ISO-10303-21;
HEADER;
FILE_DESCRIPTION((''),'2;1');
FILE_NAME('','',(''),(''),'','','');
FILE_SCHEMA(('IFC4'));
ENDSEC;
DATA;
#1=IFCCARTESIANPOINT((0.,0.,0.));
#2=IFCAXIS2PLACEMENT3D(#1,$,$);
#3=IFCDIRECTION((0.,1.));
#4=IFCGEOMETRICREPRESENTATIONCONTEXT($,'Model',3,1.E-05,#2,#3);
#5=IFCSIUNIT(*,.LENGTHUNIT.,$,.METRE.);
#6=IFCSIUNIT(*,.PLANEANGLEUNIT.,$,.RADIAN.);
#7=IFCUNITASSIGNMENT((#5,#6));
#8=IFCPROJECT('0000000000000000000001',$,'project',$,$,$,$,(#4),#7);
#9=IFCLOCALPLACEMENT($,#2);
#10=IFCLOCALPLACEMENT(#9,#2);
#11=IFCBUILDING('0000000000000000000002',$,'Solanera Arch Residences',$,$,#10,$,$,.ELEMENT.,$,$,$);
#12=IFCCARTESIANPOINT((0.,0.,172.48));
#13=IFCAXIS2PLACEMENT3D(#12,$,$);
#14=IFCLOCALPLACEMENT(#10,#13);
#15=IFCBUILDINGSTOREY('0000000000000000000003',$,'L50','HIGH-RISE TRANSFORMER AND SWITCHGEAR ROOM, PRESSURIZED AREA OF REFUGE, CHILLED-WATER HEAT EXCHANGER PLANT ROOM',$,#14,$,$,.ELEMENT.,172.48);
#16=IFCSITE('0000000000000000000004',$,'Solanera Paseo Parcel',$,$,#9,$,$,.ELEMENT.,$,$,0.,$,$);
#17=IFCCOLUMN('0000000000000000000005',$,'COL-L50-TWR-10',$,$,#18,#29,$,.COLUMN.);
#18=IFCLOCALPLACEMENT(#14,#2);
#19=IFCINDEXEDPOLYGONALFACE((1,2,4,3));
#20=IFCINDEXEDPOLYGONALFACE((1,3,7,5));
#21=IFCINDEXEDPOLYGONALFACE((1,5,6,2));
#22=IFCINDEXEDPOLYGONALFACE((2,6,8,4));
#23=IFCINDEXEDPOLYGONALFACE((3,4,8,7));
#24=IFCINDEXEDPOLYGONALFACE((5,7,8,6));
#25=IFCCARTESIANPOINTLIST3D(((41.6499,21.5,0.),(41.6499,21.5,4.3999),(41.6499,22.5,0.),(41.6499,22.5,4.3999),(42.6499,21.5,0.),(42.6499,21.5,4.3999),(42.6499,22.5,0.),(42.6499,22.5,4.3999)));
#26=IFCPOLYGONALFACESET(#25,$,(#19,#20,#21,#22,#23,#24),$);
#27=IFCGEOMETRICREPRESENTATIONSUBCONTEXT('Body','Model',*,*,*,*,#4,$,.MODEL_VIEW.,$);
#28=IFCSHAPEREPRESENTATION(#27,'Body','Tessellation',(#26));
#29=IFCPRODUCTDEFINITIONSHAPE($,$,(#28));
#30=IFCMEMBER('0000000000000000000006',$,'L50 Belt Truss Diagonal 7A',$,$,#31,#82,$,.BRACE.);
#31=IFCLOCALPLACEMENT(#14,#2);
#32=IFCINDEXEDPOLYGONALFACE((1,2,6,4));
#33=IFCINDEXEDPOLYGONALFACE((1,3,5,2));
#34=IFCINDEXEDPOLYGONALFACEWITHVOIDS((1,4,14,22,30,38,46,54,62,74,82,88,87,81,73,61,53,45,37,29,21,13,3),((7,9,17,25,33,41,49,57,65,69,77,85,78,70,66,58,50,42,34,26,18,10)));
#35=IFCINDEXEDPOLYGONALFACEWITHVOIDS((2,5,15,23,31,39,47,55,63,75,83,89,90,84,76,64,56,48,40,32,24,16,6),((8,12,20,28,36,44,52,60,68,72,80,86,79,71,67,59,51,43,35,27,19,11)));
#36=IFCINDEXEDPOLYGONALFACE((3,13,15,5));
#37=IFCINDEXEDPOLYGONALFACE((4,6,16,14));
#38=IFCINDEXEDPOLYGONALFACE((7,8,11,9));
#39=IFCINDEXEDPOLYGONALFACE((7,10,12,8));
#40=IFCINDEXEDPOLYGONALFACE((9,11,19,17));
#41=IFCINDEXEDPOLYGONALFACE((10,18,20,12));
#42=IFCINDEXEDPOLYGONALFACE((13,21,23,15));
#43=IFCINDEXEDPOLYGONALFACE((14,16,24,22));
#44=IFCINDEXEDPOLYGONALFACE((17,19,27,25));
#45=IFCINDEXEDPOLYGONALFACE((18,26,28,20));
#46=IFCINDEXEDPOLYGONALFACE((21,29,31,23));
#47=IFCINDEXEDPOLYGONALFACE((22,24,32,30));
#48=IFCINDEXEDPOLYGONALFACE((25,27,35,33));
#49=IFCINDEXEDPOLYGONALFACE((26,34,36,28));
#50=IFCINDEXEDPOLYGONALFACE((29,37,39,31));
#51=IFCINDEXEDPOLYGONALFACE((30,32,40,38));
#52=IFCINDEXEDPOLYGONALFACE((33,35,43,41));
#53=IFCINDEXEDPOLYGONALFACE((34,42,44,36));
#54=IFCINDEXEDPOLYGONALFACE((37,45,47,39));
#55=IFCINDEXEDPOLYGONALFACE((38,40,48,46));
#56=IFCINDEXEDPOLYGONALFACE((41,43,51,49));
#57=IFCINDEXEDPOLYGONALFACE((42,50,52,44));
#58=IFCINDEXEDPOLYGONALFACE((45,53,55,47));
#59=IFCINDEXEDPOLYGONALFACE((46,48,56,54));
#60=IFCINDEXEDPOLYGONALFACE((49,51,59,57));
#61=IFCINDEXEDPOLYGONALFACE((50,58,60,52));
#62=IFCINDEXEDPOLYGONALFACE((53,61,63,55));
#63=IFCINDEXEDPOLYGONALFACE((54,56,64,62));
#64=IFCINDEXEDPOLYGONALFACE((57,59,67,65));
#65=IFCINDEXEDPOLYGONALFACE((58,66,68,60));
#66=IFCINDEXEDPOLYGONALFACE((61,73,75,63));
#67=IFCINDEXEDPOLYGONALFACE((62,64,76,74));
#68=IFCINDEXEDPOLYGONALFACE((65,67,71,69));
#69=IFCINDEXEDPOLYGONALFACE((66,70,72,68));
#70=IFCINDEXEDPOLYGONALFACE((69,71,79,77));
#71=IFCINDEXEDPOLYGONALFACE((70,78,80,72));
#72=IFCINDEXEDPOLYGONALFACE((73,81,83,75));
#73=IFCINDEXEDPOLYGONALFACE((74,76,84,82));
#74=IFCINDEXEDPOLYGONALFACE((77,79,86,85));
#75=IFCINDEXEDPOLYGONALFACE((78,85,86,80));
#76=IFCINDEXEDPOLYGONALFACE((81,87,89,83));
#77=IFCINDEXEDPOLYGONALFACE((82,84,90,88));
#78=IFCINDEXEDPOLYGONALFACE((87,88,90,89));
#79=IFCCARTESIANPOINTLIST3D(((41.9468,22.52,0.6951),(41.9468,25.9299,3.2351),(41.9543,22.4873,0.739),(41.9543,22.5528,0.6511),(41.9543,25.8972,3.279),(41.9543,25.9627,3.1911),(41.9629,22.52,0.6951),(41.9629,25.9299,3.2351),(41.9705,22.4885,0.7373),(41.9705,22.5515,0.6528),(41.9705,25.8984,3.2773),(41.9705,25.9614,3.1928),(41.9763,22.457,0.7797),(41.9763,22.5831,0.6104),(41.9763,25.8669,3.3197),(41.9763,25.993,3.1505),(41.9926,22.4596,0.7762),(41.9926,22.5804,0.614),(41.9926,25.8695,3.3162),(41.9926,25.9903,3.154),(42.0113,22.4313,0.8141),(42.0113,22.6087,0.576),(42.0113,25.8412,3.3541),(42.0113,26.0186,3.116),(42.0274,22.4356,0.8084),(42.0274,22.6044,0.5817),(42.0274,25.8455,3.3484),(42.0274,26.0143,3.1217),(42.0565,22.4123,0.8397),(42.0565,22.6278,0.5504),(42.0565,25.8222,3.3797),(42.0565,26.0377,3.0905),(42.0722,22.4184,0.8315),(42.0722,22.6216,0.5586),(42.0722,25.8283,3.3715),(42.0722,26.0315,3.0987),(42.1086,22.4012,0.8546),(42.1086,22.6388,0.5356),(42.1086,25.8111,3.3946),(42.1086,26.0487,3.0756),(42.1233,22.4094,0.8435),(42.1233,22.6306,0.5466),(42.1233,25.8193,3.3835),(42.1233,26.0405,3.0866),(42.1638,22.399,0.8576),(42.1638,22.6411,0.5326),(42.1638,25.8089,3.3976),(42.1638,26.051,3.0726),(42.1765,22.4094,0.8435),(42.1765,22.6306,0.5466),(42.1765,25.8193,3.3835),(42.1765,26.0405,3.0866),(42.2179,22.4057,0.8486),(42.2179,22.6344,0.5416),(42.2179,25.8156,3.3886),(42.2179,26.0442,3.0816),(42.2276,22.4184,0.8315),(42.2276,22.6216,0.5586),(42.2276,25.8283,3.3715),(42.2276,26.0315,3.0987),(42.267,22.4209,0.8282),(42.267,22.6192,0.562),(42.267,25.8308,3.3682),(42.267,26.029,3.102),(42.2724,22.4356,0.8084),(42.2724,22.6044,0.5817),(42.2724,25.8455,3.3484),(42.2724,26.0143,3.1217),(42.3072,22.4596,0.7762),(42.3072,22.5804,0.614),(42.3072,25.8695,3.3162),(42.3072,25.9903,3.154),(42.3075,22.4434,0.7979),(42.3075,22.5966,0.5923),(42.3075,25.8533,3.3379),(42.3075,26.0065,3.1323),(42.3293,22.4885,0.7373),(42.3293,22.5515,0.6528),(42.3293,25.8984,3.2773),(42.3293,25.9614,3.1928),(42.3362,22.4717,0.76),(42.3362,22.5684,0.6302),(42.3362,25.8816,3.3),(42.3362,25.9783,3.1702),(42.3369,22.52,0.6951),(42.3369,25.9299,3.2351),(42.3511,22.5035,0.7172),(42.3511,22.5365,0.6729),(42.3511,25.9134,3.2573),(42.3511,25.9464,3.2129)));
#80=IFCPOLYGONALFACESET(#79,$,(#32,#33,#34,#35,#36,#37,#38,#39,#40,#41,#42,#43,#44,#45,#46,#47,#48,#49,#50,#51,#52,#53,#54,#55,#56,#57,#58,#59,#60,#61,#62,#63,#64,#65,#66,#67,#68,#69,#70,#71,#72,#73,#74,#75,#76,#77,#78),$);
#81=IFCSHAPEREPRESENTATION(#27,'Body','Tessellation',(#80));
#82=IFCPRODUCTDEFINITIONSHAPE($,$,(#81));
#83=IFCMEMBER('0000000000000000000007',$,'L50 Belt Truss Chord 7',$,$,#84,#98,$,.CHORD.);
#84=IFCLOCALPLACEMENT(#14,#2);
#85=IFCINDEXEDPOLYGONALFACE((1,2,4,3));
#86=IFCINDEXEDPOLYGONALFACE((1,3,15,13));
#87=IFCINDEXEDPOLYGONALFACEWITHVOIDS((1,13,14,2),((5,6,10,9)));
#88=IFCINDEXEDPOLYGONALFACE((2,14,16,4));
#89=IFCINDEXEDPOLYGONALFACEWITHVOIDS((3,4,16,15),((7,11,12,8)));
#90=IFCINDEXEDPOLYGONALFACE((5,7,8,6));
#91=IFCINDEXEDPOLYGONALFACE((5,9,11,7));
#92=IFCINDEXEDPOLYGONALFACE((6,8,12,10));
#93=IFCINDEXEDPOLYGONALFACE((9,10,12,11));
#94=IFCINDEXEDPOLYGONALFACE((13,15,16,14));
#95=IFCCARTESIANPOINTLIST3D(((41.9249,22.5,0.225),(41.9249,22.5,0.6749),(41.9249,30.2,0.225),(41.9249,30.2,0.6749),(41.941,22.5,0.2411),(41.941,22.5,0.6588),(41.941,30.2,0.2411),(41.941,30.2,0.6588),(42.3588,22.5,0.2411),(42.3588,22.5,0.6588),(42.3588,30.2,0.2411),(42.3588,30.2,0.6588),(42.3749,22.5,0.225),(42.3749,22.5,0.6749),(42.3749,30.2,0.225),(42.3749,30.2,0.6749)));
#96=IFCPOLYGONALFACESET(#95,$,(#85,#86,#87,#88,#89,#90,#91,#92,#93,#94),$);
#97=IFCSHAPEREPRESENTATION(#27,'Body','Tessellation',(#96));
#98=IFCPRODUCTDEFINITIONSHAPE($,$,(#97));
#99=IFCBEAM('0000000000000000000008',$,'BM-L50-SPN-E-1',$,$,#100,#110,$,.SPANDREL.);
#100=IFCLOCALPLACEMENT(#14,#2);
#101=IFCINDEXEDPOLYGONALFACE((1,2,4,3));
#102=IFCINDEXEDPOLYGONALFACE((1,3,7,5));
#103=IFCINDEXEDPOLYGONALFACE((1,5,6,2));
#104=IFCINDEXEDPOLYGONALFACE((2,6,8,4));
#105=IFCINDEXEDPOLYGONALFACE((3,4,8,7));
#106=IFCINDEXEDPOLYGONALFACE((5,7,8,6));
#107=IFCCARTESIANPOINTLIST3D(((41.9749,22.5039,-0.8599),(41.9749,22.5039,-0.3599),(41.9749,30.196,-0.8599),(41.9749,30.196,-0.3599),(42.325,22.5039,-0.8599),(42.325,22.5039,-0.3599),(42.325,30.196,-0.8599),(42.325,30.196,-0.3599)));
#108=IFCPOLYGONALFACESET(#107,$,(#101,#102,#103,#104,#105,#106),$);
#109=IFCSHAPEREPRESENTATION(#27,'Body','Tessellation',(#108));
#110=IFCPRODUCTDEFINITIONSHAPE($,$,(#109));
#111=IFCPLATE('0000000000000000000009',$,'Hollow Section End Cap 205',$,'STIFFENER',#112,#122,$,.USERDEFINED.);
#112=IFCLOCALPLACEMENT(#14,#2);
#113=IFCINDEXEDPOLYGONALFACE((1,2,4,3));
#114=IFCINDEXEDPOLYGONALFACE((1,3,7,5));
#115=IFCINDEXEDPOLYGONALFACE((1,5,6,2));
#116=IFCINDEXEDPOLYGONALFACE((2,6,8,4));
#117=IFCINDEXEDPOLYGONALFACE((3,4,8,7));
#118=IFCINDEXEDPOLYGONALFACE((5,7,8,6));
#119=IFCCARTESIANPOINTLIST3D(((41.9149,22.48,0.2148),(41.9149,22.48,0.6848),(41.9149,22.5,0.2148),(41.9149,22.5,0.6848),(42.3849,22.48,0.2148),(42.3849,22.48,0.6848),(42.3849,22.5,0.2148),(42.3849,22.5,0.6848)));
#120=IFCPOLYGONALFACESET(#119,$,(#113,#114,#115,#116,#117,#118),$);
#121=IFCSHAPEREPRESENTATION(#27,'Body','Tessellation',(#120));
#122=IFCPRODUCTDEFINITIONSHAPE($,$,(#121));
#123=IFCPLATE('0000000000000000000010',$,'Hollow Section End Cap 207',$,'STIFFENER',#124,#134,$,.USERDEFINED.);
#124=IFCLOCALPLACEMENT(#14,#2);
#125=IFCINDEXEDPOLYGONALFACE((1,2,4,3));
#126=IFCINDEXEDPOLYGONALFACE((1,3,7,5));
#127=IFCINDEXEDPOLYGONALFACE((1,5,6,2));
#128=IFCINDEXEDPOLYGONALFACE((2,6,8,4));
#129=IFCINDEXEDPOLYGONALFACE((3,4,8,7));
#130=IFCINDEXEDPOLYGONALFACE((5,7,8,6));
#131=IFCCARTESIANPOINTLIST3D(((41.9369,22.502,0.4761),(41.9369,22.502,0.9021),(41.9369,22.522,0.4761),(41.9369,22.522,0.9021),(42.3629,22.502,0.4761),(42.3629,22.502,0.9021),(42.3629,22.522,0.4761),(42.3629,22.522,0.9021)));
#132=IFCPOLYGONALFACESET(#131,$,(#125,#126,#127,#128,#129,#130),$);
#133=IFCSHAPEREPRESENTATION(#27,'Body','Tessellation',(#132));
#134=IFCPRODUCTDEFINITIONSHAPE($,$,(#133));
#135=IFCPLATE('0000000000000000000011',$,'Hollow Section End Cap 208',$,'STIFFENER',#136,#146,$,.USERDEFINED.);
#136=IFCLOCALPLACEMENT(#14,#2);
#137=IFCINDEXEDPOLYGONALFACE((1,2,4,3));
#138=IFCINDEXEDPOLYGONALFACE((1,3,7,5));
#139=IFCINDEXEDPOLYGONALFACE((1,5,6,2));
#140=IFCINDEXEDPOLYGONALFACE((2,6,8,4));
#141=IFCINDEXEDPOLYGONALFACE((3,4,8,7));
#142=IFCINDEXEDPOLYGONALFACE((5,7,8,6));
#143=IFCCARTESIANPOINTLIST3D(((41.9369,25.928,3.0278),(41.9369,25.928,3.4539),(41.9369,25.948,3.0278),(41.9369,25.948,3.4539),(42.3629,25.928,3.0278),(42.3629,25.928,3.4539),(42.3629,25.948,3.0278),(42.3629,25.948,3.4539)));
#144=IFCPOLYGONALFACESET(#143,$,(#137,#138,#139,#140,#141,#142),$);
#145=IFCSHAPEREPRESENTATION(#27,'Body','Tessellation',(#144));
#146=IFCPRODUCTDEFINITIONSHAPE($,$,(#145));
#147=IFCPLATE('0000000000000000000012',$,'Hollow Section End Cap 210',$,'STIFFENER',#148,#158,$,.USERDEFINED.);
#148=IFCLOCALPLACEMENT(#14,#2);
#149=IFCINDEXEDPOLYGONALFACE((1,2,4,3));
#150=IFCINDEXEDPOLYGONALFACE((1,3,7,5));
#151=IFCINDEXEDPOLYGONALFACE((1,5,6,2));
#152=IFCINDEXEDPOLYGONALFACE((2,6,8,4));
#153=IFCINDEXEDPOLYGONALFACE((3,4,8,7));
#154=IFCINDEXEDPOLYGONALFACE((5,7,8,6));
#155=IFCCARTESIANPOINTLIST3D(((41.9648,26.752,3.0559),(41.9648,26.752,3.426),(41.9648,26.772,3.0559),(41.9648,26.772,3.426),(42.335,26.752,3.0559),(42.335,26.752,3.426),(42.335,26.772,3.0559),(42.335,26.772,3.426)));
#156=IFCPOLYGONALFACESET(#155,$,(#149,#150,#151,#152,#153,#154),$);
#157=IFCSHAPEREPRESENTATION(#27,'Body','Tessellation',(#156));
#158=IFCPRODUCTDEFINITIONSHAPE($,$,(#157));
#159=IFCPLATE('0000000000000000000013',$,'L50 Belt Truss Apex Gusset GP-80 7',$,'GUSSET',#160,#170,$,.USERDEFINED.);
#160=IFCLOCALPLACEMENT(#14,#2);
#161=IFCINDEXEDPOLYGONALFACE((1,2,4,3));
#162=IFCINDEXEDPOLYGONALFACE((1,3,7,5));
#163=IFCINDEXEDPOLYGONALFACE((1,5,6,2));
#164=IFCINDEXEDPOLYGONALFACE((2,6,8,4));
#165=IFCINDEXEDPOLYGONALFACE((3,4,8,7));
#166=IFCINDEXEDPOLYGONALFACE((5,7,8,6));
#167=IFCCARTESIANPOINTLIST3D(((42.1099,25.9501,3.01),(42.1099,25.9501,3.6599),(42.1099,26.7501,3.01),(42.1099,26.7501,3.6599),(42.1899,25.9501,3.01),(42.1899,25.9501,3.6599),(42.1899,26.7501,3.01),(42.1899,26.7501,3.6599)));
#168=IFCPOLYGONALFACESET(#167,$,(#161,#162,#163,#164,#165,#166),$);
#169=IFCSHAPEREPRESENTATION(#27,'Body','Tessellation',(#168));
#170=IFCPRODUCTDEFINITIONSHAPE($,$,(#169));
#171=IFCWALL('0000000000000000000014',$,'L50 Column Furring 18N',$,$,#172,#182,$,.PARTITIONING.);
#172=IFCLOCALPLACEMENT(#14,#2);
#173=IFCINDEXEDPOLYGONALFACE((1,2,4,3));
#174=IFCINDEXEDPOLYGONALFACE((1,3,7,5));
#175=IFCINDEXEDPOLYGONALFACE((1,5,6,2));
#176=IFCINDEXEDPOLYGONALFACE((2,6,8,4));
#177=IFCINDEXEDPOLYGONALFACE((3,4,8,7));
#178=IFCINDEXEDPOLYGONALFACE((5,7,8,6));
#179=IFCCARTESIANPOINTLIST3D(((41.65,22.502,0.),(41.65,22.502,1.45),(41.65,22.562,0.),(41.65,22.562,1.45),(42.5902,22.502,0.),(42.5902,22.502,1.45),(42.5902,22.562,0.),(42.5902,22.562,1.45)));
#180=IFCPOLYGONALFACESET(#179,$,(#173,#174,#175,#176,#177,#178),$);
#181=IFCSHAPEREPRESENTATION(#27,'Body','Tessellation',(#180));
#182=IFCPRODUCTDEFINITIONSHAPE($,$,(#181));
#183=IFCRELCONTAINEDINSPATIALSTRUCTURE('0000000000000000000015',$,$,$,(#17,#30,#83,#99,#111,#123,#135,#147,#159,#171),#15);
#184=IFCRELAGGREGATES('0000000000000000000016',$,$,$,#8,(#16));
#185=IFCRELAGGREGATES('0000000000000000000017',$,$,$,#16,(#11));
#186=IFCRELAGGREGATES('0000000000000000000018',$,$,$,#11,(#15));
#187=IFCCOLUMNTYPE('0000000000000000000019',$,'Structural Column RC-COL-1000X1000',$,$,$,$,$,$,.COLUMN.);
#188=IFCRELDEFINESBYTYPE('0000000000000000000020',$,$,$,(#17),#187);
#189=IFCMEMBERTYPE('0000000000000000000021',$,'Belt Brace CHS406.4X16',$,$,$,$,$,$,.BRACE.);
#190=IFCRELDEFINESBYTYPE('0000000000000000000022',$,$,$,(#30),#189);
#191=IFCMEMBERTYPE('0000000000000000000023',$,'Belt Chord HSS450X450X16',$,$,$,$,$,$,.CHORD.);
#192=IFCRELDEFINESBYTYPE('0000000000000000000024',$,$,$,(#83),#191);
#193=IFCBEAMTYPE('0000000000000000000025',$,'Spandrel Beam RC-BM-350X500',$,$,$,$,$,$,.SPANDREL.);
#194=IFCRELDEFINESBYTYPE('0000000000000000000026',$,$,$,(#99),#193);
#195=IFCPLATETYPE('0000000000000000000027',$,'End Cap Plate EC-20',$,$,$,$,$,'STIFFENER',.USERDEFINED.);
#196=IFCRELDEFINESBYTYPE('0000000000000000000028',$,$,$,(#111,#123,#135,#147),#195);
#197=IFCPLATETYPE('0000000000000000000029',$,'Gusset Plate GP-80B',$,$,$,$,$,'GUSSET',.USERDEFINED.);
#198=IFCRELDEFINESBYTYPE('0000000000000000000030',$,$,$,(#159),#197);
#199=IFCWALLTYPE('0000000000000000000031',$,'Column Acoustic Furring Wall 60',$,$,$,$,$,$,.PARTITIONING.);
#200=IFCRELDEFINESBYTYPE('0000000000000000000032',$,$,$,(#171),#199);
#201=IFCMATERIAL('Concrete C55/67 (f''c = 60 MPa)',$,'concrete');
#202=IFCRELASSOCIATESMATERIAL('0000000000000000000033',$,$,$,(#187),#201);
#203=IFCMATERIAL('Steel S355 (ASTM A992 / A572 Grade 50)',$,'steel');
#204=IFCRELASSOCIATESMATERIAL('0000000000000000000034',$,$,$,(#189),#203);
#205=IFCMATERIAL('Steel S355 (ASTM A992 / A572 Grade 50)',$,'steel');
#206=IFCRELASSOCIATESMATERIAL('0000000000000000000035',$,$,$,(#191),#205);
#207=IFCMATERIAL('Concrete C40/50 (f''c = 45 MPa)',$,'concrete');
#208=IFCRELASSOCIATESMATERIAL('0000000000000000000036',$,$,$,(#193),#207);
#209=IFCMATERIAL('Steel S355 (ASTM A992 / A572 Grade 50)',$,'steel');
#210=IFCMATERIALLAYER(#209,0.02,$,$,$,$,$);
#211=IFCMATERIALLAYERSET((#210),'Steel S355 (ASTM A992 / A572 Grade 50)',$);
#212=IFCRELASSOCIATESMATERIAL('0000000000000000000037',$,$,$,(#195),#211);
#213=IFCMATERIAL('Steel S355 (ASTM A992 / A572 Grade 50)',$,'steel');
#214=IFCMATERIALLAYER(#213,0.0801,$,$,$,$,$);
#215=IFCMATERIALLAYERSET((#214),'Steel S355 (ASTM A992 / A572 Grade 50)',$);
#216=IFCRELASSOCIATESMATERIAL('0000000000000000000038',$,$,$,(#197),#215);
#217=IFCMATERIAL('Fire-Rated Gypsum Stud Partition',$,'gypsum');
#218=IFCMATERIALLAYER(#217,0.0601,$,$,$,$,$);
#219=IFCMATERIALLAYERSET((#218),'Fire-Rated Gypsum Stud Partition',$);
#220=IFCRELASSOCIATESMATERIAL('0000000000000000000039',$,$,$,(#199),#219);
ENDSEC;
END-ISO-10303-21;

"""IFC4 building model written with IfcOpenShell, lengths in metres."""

from ifc_helpers import new_model, si_unit, direction, frame, frame_2d, origin, origin_2d, place, context, subcontext, project, spatial, rectangle, hollow_rectangle, hollow_circle, extrude, material, layer, layer_set, material_profile, profile_set, type_object, element, save


model = new_model("IFC4")

# Units and contexts
model_context = context("Model", 3, precision=1e-05, world=origin(), true_north=direction((0.0, 1.0)))
body_context = subcontext(model_context, "Body", "Model", "MODEL_VIEW")
ifc_project = project(units=[si_unit("LENGTHUNIT", "METRE"), si_unit("PLANEANGLEUNIT", "RADIAN")], contexts=[model_context])

# Site, building, storey
site_placement = place(None, origin())
site = spatial("IfcSite", under=ifc_project, at=site_placement, Name="Solanera Paseo Parcel", CompositionType="ELEMENT", RefElevation=0.0)
building_placement = place(site_placement, origin())
building = spatial("IfcBuilding", under=site, at=building_placement, Name="Solanera Arch Residences", CompositionType="ELEMENT")
storey_placement = place(building_placement, frame((0.0, 0.0, 172.48)))
storey = spatial("IfcBuildingStorey", under=building, at=storey_placement, Name="L50", Description="HIGH-RISE TRANSFORMER AND SWITCHGEAR ROOM, PRESSURIZED AREA OF REFUGE, CHILLED-WATER HEAT EXCHANGER PLANT ROOM", CompositionType="ELEMENT", Elevation=172.48)

# Column
ifc_material_1 = material(Name="Concrete C55/67 (f'c = 60 MPa)", Category="concrete")
ifc_material_profile_1 = material_profile(ifc_material_1, rectangle(XDim=1.0, YDim=1.0, at=origin_2d()))
ifc_profile_set_1 = profile_set([ifc_material_profile_1], Name="Concrete C55/67 (f'c = 60 MPa)")
column_type = type_object("IfcColumnType", Name="Structural Column RC-COL-1000X1000", PredefinedType="COLUMN", material=ifc_profile_set_1)
column_placement = place(storey_placement, frame((42.1499, 22.0, 0.0), z_axis=(0.0, 0.0, 1.0), x_axis=(1.0, 0.0, 0.0)))
element("IfcColumn", 1, at=column_placement, inside=storey, type_object=column_type, Name="COL-L50-TWR-10", PredefinedType="COLUMN", context=body_context, shape_type="SweptSolid", body=[
    extrude(rectangle(XDim=1.0, YDim=1.0, at=origin_2d()), origin(), (0.0, 0.0, 1.0), 4.3999),
])

# Members
ifc_material_2 = material(Name="Steel S355 (ASTM A992 / A572 Grade 50)", Category="steel")
ifc_material_profile_2 = material_profile(ifc_material_2, hollow_circle(Radius=0.2031, WallThickness=0.0161, at=origin_2d()))
ifc_profile_set_2 = profile_set([ifc_material_profile_2], Name="Steel S355 (ASTM A992 / A572 Grade 50)")
member_type_1 = type_object("IfcMemberType", Name="Belt Brace CHS406.4X16", PredefinedType="BRACE", material=ifc_profile_set_2)
member_1_placement = place(storey_placement, frame((42.1499, 22.52, 0.6951), z_axis=(0.0, 0.801959, 0.597379), x_axis=(-1.0, 0.0, 0.0)))
element("IfcMember", 2, at=member_1_placement, inside=storey, type_object=member_type_1, Name="L50 Belt Truss Diagonal 7A", PredefinedType="BRACE", context=body_context, shape_type="SweptSolid", body=[
    extrude(hollow_circle(Radius=0.2031, WallThickness=0.0161, at=origin_2d()), origin(), (0.0, 0.0, 1.0), 4.252),
])
ifc_material_3 = material(Name="Steel S355 (ASTM A992 / A572 Grade 50)", Category="steel")
ifc_material_profile_3 = material_profile(ifc_material_3, hollow_rectangle(XDim=0.45, YDim=0.45, WallThickness=0.0161, at=origin_2d()))
ifc_profile_set_3 = profile_set([ifc_material_profile_3], Name="Steel S355 (ASTM A992 / A572 Grade 50)")
member_type_2 = type_object("IfcMemberType", Name="Belt Chord HSS450X450X16", PredefinedType="CHORD", material=ifc_profile_set_3)
member_2_placement = place(storey_placement, frame((42.1499, 22.5, 0.45), z_axis=(0.0, 1.0, 0.0), x_axis=(-1.0, 0.0, 0.0)))
element("IfcMember", 3, at=member_2_placement, inside=storey, type_object=member_type_2, Name="L50 Belt Truss Chord 7", PredefinedType="CHORD", context=body_context, shape_type="SweptSolid", body=[
    extrude(hollow_rectangle(XDim=0.45, YDim=0.45, WallThickness=0.0161, at=origin_2d()), origin(), (0.0, 0.0, 1.0), 7.7),
])

# Beam
ifc_material_4 = material(Name="Concrete C40/50 (f'c = 45 MPa)", Category="concrete")
ifc_material_profile_4 = material_profile(ifc_material_4, rectangle(XDim=0.3501, YDim=0.5, at=origin_2d()))
ifc_profile_set_4 = profile_set([ifc_material_profile_4], Name="Concrete C40/50 (f'c = 45 MPa)")
beam_type = type_object("IfcBeamType", Name="Spandrel Beam RC-BM-350X500", PredefinedType="SPANDREL", material=ifc_profile_set_4)
beam_placement = place(storey_placement, frame((42.1499, 22.5039, -0.6099), z_axis=(0.0, 1.0, 0.0), x_axis=(-1.0, 0.0, 0.0)))
element("IfcBeam", 4, at=beam_placement, inside=storey, type_object=beam_type, Name="BM-L50-SPN-E-1", PredefinedType="SPANDREL", context=body_context, shape_type="SweptSolid", body=[
    extrude(rectangle(XDim=0.3501, YDim=0.5, at=origin_2d()), origin(), (0.0, 0.0, 1.0), 7.6921),
])

# Plates
ifc_material_5 = material(Name="Steel S355 (ASTM A992 / A572 Grade 50)", Category="steel")
ifc_layer_1 = layer(ifc_material_5, 0.02)
ifc_layer_set_1 = layer_set([ifc_layer_1], Name="Steel S355 (ASTM A992 / A572 Grade 50)")
plate_type_1 = type_object("IfcPlateType", Name="End Cap Plate EC-20", ElementType="STIFFENER", PredefinedType="USERDEFINED", material=ifc_layer_set_1)
plate_1_placement = place(storey_placement, frame((42.1499, 22.49, 0.2148), z_axis=(0.0, 0.0, 1.0), x_axis=(0.0, -1.0, 0.0)))
element("IfcPlate", 5, at=plate_1_placement, inside=storey, type_object=plate_type_1, Name="Hollow Section End Cap 205", ObjectType="STIFFENER", PredefinedType="USERDEFINED", context=body_context, shape_type="SweptSolid", body=[
    extrude(rectangle(XDim=0.02, YDim=0.47, at=origin_2d()), origin(), (0.0, 0.0, 1.0), 0.47),
])
for number, where, z_axis, x_axis, name in (
    (6, (42.1499, 22.512, 0.4761), (0.0, 0.0, 1.0), (0.0, -1.0, 0.0), "Hollow Section End Cap 207"),
    (7, (42.1499, 25.938, 3.0278), (0.0, 0.0, 1.0), (0.0, 1.0, 0.0), "Hollow Section End Cap 208"),
):
    element("IfcPlate", number, at=place(storey_placement, frame(where, z_axis=z_axis, x_axis=x_axis)), inside=storey, type_object=plate_type_1, Name=name, ObjectType="STIFFENER", PredefinedType="USERDEFINED", context=body_context, shape_type="SweptSolid", body=[
        extrude(rectangle(XDim=0.02, YDim=0.426, at=origin_2d()), origin(), (0.0, 0.0, 1.0), 0.426),
    ])
plate_2_placement = place(storey_placement, frame((42.1499, 26.762, 3.0559), z_axis=(0.0, 0.0, 1.0), x_axis=(0.0, -1.0, 0.0)))
element("IfcPlate", 8, at=plate_2_placement, inside=storey, type_object=plate_type_1, Name="Hollow Section End Cap 210", ObjectType="STIFFENER", PredefinedType="USERDEFINED", context=body_context, shape_type="SweptSolid", body=[
    extrude(rectangle(XDim=0.02, YDim=0.3701, at=origin_2d()), origin(), (0.0, 0.0, 1.0), 0.3701),
])
ifc_material_6 = material(Name="Steel S355 (ASTM A992 / A572 Grade 50)", Category="steel")
ifc_layer_2 = layer(ifc_material_6, 0.0801)
ifc_layer_set_2 = layer_set([ifc_layer_2], Name="Steel S355 (ASTM A992 / A572 Grade 50)")
plate_type_2 = type_object("IfcPlateType", Name="Gusset Plate GP-80B", ElementType="GUSSET", PredefinedType="USERDEFINED", material=ifc_layer_set_2)
plate_3_placement = place(storey_placement, frame((42.1499, 26.3501, 3.01), z_axis=(0.0, 0.0, 1.0), x_axis=(1.0, 0.0, 0.0)))
element("IfcPlate", 9, at=plate_3_placement, inside=storey, type_object=plate_type_2, Name="L50 Belt Truss Apex Gusset GP-80 7", ObjectType="GUSSET", PredefinedType="USERDEFINED", context=body_context, shape_type="SweptSolid", body=[
    extrude(rectangle(XDim=0.0801, YDim=0.8, at=origin_2d()), origin(), (0.0, 0.0, 1.0), 0.6499),
])

# Wall
ifc_material_7 = material(Name="Fire-Rated Gypsum Stud Partition", Category="gypsum")
ifc_layer_3 = layer(ifc_material_7, 0.0601)
ifc_layer_set_3 = layer_set([ifc_layer_3], Name="Fire-Rated Gypsum Stud Partition")
wall_type_1 = type_object("IfcWallType", Name="Column Acoustic Furring Wall 60", PredefinedType="PARTITIONING", material=ifc_layer_set_3)
for number, where, z_axis, x_axis, name in (
    (10, (41.6499, 22.532, 0.0), (0.0, 0.0, 1.0), (1.0, 0.0, 0.0), "L50 Column Furring 18N"),
):
    element("IfcWall", number, at=place(storey_placement, frame(where, z_axis=z_axis, x_axis=x_axis)), inside=storey, type_object=wall_type_1, Name=name, PredefinedType="PARTITIONING", context=body_context, shape_type="SweptSolid", body=[
        extrude(rectangle(XDim=0.9402, YDim=0.0601, at=frame_2d((0.4702, 0.0))), origin(), (0.0, 0.0, 1.0), 1.45),
    ])

save(model, "model.ifc")
